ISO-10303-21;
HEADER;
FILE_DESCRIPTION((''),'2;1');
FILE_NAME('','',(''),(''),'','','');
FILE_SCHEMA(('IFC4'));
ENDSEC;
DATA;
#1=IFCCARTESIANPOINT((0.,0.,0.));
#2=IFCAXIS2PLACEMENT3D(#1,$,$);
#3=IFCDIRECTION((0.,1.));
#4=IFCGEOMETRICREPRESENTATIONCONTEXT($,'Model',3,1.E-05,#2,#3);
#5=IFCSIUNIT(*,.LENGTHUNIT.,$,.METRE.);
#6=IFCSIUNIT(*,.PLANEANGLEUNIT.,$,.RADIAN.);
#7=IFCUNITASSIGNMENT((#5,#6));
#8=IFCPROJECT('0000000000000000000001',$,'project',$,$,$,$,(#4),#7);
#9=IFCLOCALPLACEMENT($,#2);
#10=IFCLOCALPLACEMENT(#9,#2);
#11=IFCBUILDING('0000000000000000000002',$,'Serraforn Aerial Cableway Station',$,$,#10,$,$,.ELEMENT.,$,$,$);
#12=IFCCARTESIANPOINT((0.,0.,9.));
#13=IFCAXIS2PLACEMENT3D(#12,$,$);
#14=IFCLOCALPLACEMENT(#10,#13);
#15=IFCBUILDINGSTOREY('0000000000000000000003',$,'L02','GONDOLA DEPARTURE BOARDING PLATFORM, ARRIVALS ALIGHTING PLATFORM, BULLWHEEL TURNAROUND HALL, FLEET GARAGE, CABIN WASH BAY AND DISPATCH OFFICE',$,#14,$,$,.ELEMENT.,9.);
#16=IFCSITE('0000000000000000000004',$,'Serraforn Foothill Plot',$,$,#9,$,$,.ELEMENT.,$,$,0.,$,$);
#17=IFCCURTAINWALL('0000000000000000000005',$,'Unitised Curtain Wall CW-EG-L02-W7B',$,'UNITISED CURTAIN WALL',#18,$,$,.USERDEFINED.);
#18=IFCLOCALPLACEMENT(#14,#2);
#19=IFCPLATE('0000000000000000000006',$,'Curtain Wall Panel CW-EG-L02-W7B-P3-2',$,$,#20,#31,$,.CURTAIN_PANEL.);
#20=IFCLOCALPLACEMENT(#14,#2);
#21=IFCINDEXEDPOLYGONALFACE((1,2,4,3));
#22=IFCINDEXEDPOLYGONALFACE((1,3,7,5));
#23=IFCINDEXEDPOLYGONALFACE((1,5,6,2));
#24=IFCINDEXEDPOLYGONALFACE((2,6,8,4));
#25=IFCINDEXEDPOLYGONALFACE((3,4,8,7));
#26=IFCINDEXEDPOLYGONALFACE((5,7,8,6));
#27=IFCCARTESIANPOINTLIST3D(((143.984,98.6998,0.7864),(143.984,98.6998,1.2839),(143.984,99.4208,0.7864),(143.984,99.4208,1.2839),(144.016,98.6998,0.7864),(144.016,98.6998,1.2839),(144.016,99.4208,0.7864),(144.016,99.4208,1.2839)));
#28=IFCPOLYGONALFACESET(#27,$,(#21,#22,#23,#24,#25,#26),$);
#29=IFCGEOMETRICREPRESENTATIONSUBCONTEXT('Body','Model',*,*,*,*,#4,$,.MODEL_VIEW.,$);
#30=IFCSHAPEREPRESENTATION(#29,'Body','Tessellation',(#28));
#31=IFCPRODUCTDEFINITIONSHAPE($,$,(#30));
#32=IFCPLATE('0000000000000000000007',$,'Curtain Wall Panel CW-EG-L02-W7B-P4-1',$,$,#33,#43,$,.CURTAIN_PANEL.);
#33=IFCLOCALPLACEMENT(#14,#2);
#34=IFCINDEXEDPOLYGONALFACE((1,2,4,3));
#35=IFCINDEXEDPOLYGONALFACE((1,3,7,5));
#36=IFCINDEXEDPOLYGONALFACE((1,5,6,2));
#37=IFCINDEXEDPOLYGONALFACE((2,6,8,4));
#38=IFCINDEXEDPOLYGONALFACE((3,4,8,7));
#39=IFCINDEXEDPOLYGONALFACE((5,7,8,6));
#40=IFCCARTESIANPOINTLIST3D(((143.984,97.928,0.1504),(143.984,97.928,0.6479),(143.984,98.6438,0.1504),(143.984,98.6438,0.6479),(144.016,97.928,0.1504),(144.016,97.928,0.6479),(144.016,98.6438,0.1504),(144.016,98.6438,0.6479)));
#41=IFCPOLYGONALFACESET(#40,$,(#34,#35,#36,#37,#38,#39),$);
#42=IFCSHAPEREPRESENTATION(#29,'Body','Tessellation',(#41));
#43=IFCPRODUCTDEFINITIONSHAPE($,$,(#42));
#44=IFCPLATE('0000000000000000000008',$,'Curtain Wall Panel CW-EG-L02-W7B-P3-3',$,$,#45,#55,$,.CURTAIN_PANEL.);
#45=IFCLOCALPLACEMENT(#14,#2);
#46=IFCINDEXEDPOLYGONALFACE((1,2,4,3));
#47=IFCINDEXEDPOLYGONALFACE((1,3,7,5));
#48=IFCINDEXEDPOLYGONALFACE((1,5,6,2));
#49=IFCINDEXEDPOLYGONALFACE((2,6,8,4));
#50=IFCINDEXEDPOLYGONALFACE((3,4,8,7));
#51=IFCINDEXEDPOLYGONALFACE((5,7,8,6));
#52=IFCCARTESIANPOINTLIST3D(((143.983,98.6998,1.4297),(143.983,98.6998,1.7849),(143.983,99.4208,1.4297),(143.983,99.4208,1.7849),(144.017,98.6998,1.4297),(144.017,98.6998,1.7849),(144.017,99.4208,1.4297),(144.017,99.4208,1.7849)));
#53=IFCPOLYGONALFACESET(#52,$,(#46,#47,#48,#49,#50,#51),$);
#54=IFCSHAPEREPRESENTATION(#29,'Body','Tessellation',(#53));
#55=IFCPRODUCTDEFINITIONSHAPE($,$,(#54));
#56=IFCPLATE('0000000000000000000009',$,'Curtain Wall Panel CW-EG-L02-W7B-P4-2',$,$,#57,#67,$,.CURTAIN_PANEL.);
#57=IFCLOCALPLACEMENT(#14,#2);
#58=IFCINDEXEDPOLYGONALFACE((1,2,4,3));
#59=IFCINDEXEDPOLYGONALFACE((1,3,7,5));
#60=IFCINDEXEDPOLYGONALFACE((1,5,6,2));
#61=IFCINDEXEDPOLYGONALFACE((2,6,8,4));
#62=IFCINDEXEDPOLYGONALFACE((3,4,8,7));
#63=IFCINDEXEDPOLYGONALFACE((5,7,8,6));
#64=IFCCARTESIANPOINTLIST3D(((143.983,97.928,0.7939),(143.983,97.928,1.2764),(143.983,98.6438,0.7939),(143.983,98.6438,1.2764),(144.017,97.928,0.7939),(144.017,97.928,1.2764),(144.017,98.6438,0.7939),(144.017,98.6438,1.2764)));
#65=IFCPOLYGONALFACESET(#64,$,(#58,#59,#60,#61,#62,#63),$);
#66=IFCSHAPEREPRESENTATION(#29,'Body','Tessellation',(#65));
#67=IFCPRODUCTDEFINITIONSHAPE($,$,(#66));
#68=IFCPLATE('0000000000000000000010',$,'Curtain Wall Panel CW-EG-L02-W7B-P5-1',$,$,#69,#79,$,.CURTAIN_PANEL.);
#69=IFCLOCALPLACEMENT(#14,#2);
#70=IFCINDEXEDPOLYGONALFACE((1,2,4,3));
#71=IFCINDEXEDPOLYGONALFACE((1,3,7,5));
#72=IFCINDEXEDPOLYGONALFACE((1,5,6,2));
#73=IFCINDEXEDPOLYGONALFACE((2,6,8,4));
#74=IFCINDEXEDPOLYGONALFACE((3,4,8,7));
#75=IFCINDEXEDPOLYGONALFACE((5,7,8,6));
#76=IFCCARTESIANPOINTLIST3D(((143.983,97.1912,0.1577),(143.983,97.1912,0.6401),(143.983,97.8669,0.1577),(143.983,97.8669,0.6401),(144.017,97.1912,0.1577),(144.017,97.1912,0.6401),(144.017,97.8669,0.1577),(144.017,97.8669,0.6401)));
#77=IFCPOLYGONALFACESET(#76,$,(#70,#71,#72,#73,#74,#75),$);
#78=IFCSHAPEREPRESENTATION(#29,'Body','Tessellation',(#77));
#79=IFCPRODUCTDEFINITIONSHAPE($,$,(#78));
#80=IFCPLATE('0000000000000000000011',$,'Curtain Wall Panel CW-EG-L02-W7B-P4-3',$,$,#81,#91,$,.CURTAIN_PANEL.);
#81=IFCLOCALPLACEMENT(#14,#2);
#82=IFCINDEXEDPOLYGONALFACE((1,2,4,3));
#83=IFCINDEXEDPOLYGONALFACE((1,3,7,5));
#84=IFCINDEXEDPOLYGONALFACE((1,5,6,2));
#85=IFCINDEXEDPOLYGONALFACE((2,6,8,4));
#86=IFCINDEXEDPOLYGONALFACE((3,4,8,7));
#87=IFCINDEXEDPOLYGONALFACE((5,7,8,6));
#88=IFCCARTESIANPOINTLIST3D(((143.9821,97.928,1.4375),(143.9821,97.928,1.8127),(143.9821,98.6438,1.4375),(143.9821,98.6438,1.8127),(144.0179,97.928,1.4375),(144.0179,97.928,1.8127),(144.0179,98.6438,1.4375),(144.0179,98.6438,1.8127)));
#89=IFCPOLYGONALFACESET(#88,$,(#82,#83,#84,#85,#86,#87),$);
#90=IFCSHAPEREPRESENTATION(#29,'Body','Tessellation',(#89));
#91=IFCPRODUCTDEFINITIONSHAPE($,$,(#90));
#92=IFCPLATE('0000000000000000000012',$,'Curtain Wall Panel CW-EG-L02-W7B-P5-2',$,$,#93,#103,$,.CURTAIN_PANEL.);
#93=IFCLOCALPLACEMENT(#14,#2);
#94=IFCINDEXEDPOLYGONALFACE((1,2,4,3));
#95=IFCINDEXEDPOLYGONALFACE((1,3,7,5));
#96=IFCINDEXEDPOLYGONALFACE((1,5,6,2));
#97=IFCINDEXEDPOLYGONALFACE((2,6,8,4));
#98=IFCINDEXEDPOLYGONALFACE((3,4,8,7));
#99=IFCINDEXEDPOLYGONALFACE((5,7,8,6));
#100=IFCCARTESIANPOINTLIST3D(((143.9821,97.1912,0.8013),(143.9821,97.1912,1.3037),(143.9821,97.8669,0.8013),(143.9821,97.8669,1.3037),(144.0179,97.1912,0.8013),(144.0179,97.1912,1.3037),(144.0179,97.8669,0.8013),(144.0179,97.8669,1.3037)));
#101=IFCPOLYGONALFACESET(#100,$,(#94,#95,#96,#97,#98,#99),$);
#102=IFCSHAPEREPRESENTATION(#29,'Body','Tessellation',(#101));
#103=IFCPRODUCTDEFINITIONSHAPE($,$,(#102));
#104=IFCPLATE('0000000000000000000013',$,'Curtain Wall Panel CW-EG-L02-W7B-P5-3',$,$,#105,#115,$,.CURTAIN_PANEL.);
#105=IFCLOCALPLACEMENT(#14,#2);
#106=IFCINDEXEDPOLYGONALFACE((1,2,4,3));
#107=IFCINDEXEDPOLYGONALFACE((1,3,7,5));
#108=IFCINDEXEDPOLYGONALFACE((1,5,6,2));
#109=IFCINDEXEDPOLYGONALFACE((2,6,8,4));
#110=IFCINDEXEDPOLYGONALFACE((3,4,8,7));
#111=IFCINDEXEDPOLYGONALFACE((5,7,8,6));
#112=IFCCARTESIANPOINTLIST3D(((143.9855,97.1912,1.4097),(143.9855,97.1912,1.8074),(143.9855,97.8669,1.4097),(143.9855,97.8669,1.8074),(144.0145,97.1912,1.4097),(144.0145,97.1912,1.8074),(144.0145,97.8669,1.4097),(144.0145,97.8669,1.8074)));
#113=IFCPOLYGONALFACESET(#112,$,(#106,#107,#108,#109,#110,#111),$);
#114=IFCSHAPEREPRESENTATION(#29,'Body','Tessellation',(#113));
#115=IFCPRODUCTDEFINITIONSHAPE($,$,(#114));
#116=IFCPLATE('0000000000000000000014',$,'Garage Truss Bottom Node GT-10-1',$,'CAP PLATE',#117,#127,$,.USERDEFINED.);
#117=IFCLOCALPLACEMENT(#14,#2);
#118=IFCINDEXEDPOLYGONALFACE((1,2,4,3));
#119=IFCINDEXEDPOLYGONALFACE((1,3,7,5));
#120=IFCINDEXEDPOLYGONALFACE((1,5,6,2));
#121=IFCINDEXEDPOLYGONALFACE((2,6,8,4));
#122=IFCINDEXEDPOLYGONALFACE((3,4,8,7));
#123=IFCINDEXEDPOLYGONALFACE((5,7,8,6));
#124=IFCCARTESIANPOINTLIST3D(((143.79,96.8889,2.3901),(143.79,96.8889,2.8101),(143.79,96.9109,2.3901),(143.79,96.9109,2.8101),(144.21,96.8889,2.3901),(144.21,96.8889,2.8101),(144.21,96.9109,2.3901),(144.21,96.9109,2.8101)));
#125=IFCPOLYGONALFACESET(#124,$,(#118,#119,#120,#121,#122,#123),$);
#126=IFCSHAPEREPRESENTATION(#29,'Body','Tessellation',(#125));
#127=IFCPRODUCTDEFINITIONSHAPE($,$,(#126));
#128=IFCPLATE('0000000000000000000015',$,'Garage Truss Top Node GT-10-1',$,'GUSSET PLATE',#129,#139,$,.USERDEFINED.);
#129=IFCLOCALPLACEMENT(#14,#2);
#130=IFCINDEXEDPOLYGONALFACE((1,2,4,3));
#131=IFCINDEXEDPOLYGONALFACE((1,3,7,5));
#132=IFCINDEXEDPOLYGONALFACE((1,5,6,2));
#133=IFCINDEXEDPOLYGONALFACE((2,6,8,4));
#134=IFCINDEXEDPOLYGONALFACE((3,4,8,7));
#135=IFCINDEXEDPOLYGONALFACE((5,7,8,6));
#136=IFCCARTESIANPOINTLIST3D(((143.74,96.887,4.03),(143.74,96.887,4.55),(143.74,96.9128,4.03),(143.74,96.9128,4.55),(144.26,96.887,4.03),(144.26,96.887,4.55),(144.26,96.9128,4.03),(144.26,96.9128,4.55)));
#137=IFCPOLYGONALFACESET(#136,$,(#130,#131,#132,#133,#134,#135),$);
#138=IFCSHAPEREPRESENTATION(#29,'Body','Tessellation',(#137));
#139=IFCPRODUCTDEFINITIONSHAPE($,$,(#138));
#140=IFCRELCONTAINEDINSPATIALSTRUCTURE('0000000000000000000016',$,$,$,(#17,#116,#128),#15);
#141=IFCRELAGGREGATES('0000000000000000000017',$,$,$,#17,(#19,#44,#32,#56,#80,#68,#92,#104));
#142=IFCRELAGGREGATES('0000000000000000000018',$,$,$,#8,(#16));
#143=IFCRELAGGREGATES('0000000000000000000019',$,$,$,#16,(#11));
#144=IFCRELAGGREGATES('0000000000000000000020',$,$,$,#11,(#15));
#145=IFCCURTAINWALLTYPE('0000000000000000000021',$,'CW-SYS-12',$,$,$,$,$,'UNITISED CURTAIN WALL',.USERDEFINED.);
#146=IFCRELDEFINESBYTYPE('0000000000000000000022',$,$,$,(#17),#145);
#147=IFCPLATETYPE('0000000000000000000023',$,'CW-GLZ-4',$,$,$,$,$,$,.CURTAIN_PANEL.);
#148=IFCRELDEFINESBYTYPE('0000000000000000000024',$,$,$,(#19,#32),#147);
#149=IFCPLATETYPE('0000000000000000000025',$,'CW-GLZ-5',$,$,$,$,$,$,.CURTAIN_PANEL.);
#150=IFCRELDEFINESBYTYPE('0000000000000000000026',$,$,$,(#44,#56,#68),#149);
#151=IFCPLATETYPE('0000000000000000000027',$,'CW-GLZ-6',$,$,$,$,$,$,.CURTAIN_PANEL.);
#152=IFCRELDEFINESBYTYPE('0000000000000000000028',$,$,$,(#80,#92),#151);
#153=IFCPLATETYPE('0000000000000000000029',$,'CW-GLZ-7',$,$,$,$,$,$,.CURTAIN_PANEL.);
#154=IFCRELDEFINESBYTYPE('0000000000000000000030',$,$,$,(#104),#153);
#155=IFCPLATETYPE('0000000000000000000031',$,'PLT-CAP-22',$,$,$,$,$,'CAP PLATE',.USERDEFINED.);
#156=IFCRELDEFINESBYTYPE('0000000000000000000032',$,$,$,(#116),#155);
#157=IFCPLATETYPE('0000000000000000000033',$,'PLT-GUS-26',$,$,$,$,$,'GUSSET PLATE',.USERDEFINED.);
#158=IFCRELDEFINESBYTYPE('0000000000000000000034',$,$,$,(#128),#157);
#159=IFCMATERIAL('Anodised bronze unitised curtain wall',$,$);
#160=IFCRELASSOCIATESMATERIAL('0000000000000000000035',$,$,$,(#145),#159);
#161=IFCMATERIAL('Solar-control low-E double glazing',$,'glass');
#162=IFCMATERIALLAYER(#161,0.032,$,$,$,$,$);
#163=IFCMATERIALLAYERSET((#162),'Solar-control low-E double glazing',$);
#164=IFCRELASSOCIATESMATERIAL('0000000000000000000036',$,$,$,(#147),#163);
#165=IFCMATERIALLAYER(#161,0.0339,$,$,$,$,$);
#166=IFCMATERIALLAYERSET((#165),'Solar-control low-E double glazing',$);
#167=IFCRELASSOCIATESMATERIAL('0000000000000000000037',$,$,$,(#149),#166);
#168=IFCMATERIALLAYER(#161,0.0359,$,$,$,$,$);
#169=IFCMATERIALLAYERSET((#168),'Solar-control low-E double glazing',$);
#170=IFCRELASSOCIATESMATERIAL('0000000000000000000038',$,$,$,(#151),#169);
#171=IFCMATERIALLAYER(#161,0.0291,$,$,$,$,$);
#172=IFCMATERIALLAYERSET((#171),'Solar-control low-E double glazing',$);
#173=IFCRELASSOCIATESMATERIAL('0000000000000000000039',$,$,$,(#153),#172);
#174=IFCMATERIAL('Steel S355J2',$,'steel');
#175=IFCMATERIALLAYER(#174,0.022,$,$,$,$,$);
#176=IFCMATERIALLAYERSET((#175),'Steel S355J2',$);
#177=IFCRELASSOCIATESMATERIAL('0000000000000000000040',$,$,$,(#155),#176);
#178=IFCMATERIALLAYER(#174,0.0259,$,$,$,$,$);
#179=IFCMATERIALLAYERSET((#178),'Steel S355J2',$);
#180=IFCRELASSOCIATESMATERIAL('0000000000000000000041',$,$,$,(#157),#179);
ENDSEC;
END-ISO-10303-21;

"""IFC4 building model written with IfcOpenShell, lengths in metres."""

from ifc_helpers import new_model, si_unit, direction, frame, origin, origin_2d, place, context, subcontext, project, spatial, rectangle, extrude, material, layer, layer_set, type_object, element, aggregate, save


model = new_model("IFC4")

# Units and contexts
model_context = context("Model", 3, precision=1e-05, world=origin(), true_north=direction((0.0, 1.0)))
body_context = subcontext(model_context, "Body", "Model", "MODEL_VIEW")
ifc_project = project(units=[si_unit("LENGTHUNIT", "METRE"), si_unit("PLANEANGLEUNIT", "RADIAN")], contexts=[model_context])

# Site, building, storey
site_placement = place(None, origin())
site = spatial("IfcSite", under=ifc_project, at=site_placement, Name="Serraforn Foothill Plot", CompositionType="ELEMENT", RefElevation=0.0)
building_placement = place(site_placement, origin())
building = spatial("IfcBuilding", under=site, at=building_placement, Name="Serraforn Aerial Cableway Station", CompositionType="ELEMENT")
storey_placement = place(building_placement, frame((0.0, 0.0, 9.0)))
storey = spatial("IfcBuildingStorey", under=building, at=storey_placement, Name="L02", Description="GONDOLA DEPARTURE BOARDING PLATFORM, ARRIVALS ALIGHTING PLATFORM, BULLWHEEL TURNAROUND HALL, FLEET GARAGE, CABIN WASH BAY AND DISPATCH OFFICE", CompositionType="ELEMENT", Elevation=9.0)

# Shared definitions
ifc_material_1 = material(Name="Steel S355J2", Category="steel")

# Curtain wall
ifc_material_2 = material(Name="Anodised bronze unitised curtain wall")
curtain_wall_type_1 = type_object("IfcCurtainWallType", Name="CW-SYS-12", ElementType="UNITISED CURTAIN WALL", PredefinedType="USERDEFINED", material=ifc_material_2)
curtain_wall_1_placement = place(storey_placement, origin())
curtain_wall_1 = element("IfcCurtainWall", 1, at=curtain_wall_1_placement, inside=storey, type_object=curtain_wall_type_1, Name="Unitised Curtain Wall CW-EG-L02-W7B", ObjectType="UNITISED CURTAIN WALL", PredefinedType="USERDEFINED")

# Plates
ifc_material_3 = material(Name="Solar-control low-E double glazing", Category="glass")
ifc_layer_1 = layer(ifc_material_3, 0.032)
ifc_layer_set_1 = layer_set([ifc_layer_1], Name="Solar-control low-E double glazing")
plate_type_1 = type_object("IfcPlateType", Name="CW-GLZ-4", PredefinedType="CURTAIN_PANEL", material=ifc_layer_set_1)
plate_1_placement = place(storey_placement, frame((144.0, 99.0603, 0.7864), z_axis=(0.0, 0.0, 1.0), x_axis=(1.0, 0.0, 0.0)))
plate_1 = element("IfcPlate", 2, at=plate_1_placement, type_object=plate_type_1, Name="Curtain Wall Panel CW-EG-L02-W7B-P3-2", PredefinedType="CURTAIN_PANEL", context=body_context, shape_type="SweptSolid", body=[
    extrude(rectangle(XDim=0.032, YDim=0.7209, at=origin_2d()), origin(), (0.0, 0.0, 1.0), 0.4976),
])
plate_2_placement = place(storey_placement, frame((144.0, 98.2859, 0.1504), z_axis=(0.0, 0.0, 1.0), x_axis=(1.0, 0.0, 0.0)))
plate_2 = element("IfcPlate", 3, at=plate_2_placement, type_object=plate_type_1, Name="Curtain Wall Panel CW-EG-L02-W7B-P4-1", PredefinedType="CURTAIN_PANEL", context=body_context, shape_type="SweptSolid", body=[
    extrude(rectangle(XDim=0.032, YDim=0.7158, at=origin_2d()), origin(), (0.0, 0.0, 1.0), 0.4976),
])
ifc_layer_2 = layer(ifc_material_3, 0.0339)
ifc_layer_set_2 = layer_set([ifc_layer_2], Name="Solar-control low-E double glazing")
plate_type_2 = type_object("IfcPlateType", Name="CW-GLZ-5", PredefinedType="CURTAIN_PANEL", material=ifc_layer_set_2)
plate_3_placement = place(storey_placement, frame((144.0, 99.0603, 1.4297), z_axis=(0.0, 0.0, 1.0), x_axis=(1.0, 0.0, 0.0)))
plate_3 = element("IfcPlate", 4, at=plate_3_placement, type_object=plate_type_2, Name="Curtain Wall Panel CW-EG-L02-W7B-P3-3", PredefinedType="CURTAIN_PANEL", context=body_context, shape_type="SweptSolid", body=[
    extrude(rectangle(XDim=0.0339, YDim=0.7209, at=origin_2d()), origin(), (0.0, 0.0, 1.0), 0.3552),
])
plate_4_placement = place(storey_placement, frame((144.0, 98.2859, 0.7939), z_axis=(0.0, 0.0, 1.0), x_axis=(1.0, 0.0, 0.0)))
plate_4 = element("IfcPlate", 5, at=plate_4_placement, type_object=plate_type_2, Name="Curtain Wall Panel CW-EG-L02-W7B-P4-2", PredefinedType="CURTAIN_PANEL", context=body_context, shape_type="SweptSolid", body=[
    extrude(rectangle(XDim=0.0339, YDim=0.7158, at=origin_2d()), origin(), (0.0, 0.0, 1.0), 0.4824),
])
plate_5_placement = place(storey_placement, frame((144.0, 97.5291, 0.1577), z_axis=(0.0, 0.0, 1.0), x_axis=(1.0, 0.0, 0.0)))
plate_5 = element("IfcPlate", 6, at=plate_5_placement, type_object=plate_type_2, Name="Curtain Wall Panel CW-EG-L02-W7B-P5-1", PredefinedType="CURTAIN_PANEL", context=body_context, shape_type="SweptSolid", body=[
    extrude(rectangle(XDim=0.0339, YDim=0.6758, at=origin_2d()), origin(), (0.0, 0.0, 1.0), 0.4824),
])
ifc_layer_3 = layer(ifc_material_3, 0.0359)
ifc_layer_set_3 = layer_set([ifc_layer_3], Name="Solar-control low-E double glazing")
plate_type_3 = type_object("IfcPlateType", Name="CW-GLZ-6", PredefinedType="CURTAIN_PANEL", material=ifc_layer_set_3)
plate_6_placement = place(storey_placement, frame((144.0, 98.2859, 1.4375), z_axis=(0.0, 0.0, 1.0), x_axis=(1.0, 0.0, 0.0)))
plate_6 = element("IfcPlate", 7, at=plate_6_placement, type_object=plate_type_3, Name="Curtain Wall Panel CW-EG-L02-W7B-P4-3", PredefinedType="CURTAIN_PANEL", context=body_context, shape_type="SweptSolid", body=[
    extrude(rectangle(XDim=0.0359, YDim=0.7158, at=origin_2d()), origin(), (0.0, 0.0, 1.0), 0.3752),
])
plate_7_placement = place(storey_placement, frame((144.0, 97.5291, 0.8013), z_axis=(0.0, 0.0, 1.0), x_axis=(1.0, 0.0, 0.0)))
plate_7 = element("IfcPlate", 8, at=plate_7_placement, type_object=plate_type_3, Name="Curtain Wall Panel CW-EG-L02-W7B-P5-2", PredefinedType="CURTAIN_PANEL", context=body_context, shape_type="SweptSolid", body=[
    extrude(rectangle(XDim=0.0359, YDim=0.6758, at=origin_2d()), origin(), (0.0, 0.0, 1.0), 0.5024),
])
ifc_layer_4 = layer(ifc_material_3, 0.0291)
ifc_layer_set_4 = layer_set([ifc_layer_4], Name="Solar-control low-E double glazing")
plate_type_4 = type_object("IfcPlateType", Name="CW-GLZ-7", PredefinedType="CURTAIN_PANEL", material=ifc_layer_set_4)
plate_8_placement = place(storey_placement, frame((144.0, 97.5291, 1.4097), z_axis=(0.0, 0.0, 1.0), x_axis=(1.0, 0.0, 0.0)))
plate_8 = element("IfcPlate", 9, at=plate_8_placement, type_object=plate_type_4, Name="Curtain Wall Panel CW-EG-L02-W7B-P5-3", PredefinedType="CURTAIN_PANEL", context=body_context, shape_type="SweptSolid", body=[
    extrude(rectangle(XDim=0.0291, YDim=0.6758, at=origin_2d()), origin(), (0.0, 0.0, 1.0), 0.3977),
])
aggregate(curtain_wall_1, [plate_1, plate_3, plate_2, plate_4, plate_6, plate_5, plate_7, plate_8])

# Plates
ifc_layer_5 = layer(ifc_material_1, 0.022)
ifc_layer_set_5 = layer_set([ifc_layer_5], Name="Steel S355J2")
plate_type_5 = type_object("IfcPlateType", Name="PLT-CAP-22", ElementType="CAP PLATE", PredefinedType="USERDEFINED", material=ifc_layer_set_5)
plate_9_placement = place(storey_placement, frame((144.0, 96.8999, 2.3901), z_axis=(0.0, 0.0, 1.0), x_axis=(1.0, 0.0, 0.0)))
element("IfcPlate", 10, at=plate_9_placement, inside=storey, type_object=plate_type_5, Name="Garage Truss Bottom Node GT-10-1", ObjectType="CAP PLATE", PredefinedType="USERDEFINED", context=body_context, shape_type="SweptSolid", body=[
    extrude(rectangle(XDim=0.4199, YDim=0.022, at=origin_2d()), origin(), (0.0, 0.0, 1.0), 0.4199),
])
ifc_layer_6 = layer(ifc_material_1, 0.0259)
ifc_layer_set_6 = layer_set([ifc_layer_6], Name="Steel S355J2")
plate_type_6 = type_object("IfcPlateType", Name="PLT-GUS-26", ElementType="GUSSET PLATE", PredefinedType="USERDEFINED", material=ifc_layer_set_6)
plate_10_placement = place(storey_placement, frame((144.0, 96.8999, 4.03), z_axis=(0.0, 0.0, 1.0), x_axis=(1.0, 0.0, 0.0)))
element("IfcPlate", 11, at=plate_10_placement, inside=storey, type_object=plate_type_6, Name="Garage Truss Top Node GT-10-1", ObjectType="GUSSET PLATE", PredefinedType="USERDEFINED", context=body_context, shape_type="SweptSolid", body=[
    extrude(rectangle(XDim=0.52, YDim=0.0259, at=origin_2d()), origin(), (0.0, 0.0, 1.0), 0.52),
])

save(model, "model.ifc")
